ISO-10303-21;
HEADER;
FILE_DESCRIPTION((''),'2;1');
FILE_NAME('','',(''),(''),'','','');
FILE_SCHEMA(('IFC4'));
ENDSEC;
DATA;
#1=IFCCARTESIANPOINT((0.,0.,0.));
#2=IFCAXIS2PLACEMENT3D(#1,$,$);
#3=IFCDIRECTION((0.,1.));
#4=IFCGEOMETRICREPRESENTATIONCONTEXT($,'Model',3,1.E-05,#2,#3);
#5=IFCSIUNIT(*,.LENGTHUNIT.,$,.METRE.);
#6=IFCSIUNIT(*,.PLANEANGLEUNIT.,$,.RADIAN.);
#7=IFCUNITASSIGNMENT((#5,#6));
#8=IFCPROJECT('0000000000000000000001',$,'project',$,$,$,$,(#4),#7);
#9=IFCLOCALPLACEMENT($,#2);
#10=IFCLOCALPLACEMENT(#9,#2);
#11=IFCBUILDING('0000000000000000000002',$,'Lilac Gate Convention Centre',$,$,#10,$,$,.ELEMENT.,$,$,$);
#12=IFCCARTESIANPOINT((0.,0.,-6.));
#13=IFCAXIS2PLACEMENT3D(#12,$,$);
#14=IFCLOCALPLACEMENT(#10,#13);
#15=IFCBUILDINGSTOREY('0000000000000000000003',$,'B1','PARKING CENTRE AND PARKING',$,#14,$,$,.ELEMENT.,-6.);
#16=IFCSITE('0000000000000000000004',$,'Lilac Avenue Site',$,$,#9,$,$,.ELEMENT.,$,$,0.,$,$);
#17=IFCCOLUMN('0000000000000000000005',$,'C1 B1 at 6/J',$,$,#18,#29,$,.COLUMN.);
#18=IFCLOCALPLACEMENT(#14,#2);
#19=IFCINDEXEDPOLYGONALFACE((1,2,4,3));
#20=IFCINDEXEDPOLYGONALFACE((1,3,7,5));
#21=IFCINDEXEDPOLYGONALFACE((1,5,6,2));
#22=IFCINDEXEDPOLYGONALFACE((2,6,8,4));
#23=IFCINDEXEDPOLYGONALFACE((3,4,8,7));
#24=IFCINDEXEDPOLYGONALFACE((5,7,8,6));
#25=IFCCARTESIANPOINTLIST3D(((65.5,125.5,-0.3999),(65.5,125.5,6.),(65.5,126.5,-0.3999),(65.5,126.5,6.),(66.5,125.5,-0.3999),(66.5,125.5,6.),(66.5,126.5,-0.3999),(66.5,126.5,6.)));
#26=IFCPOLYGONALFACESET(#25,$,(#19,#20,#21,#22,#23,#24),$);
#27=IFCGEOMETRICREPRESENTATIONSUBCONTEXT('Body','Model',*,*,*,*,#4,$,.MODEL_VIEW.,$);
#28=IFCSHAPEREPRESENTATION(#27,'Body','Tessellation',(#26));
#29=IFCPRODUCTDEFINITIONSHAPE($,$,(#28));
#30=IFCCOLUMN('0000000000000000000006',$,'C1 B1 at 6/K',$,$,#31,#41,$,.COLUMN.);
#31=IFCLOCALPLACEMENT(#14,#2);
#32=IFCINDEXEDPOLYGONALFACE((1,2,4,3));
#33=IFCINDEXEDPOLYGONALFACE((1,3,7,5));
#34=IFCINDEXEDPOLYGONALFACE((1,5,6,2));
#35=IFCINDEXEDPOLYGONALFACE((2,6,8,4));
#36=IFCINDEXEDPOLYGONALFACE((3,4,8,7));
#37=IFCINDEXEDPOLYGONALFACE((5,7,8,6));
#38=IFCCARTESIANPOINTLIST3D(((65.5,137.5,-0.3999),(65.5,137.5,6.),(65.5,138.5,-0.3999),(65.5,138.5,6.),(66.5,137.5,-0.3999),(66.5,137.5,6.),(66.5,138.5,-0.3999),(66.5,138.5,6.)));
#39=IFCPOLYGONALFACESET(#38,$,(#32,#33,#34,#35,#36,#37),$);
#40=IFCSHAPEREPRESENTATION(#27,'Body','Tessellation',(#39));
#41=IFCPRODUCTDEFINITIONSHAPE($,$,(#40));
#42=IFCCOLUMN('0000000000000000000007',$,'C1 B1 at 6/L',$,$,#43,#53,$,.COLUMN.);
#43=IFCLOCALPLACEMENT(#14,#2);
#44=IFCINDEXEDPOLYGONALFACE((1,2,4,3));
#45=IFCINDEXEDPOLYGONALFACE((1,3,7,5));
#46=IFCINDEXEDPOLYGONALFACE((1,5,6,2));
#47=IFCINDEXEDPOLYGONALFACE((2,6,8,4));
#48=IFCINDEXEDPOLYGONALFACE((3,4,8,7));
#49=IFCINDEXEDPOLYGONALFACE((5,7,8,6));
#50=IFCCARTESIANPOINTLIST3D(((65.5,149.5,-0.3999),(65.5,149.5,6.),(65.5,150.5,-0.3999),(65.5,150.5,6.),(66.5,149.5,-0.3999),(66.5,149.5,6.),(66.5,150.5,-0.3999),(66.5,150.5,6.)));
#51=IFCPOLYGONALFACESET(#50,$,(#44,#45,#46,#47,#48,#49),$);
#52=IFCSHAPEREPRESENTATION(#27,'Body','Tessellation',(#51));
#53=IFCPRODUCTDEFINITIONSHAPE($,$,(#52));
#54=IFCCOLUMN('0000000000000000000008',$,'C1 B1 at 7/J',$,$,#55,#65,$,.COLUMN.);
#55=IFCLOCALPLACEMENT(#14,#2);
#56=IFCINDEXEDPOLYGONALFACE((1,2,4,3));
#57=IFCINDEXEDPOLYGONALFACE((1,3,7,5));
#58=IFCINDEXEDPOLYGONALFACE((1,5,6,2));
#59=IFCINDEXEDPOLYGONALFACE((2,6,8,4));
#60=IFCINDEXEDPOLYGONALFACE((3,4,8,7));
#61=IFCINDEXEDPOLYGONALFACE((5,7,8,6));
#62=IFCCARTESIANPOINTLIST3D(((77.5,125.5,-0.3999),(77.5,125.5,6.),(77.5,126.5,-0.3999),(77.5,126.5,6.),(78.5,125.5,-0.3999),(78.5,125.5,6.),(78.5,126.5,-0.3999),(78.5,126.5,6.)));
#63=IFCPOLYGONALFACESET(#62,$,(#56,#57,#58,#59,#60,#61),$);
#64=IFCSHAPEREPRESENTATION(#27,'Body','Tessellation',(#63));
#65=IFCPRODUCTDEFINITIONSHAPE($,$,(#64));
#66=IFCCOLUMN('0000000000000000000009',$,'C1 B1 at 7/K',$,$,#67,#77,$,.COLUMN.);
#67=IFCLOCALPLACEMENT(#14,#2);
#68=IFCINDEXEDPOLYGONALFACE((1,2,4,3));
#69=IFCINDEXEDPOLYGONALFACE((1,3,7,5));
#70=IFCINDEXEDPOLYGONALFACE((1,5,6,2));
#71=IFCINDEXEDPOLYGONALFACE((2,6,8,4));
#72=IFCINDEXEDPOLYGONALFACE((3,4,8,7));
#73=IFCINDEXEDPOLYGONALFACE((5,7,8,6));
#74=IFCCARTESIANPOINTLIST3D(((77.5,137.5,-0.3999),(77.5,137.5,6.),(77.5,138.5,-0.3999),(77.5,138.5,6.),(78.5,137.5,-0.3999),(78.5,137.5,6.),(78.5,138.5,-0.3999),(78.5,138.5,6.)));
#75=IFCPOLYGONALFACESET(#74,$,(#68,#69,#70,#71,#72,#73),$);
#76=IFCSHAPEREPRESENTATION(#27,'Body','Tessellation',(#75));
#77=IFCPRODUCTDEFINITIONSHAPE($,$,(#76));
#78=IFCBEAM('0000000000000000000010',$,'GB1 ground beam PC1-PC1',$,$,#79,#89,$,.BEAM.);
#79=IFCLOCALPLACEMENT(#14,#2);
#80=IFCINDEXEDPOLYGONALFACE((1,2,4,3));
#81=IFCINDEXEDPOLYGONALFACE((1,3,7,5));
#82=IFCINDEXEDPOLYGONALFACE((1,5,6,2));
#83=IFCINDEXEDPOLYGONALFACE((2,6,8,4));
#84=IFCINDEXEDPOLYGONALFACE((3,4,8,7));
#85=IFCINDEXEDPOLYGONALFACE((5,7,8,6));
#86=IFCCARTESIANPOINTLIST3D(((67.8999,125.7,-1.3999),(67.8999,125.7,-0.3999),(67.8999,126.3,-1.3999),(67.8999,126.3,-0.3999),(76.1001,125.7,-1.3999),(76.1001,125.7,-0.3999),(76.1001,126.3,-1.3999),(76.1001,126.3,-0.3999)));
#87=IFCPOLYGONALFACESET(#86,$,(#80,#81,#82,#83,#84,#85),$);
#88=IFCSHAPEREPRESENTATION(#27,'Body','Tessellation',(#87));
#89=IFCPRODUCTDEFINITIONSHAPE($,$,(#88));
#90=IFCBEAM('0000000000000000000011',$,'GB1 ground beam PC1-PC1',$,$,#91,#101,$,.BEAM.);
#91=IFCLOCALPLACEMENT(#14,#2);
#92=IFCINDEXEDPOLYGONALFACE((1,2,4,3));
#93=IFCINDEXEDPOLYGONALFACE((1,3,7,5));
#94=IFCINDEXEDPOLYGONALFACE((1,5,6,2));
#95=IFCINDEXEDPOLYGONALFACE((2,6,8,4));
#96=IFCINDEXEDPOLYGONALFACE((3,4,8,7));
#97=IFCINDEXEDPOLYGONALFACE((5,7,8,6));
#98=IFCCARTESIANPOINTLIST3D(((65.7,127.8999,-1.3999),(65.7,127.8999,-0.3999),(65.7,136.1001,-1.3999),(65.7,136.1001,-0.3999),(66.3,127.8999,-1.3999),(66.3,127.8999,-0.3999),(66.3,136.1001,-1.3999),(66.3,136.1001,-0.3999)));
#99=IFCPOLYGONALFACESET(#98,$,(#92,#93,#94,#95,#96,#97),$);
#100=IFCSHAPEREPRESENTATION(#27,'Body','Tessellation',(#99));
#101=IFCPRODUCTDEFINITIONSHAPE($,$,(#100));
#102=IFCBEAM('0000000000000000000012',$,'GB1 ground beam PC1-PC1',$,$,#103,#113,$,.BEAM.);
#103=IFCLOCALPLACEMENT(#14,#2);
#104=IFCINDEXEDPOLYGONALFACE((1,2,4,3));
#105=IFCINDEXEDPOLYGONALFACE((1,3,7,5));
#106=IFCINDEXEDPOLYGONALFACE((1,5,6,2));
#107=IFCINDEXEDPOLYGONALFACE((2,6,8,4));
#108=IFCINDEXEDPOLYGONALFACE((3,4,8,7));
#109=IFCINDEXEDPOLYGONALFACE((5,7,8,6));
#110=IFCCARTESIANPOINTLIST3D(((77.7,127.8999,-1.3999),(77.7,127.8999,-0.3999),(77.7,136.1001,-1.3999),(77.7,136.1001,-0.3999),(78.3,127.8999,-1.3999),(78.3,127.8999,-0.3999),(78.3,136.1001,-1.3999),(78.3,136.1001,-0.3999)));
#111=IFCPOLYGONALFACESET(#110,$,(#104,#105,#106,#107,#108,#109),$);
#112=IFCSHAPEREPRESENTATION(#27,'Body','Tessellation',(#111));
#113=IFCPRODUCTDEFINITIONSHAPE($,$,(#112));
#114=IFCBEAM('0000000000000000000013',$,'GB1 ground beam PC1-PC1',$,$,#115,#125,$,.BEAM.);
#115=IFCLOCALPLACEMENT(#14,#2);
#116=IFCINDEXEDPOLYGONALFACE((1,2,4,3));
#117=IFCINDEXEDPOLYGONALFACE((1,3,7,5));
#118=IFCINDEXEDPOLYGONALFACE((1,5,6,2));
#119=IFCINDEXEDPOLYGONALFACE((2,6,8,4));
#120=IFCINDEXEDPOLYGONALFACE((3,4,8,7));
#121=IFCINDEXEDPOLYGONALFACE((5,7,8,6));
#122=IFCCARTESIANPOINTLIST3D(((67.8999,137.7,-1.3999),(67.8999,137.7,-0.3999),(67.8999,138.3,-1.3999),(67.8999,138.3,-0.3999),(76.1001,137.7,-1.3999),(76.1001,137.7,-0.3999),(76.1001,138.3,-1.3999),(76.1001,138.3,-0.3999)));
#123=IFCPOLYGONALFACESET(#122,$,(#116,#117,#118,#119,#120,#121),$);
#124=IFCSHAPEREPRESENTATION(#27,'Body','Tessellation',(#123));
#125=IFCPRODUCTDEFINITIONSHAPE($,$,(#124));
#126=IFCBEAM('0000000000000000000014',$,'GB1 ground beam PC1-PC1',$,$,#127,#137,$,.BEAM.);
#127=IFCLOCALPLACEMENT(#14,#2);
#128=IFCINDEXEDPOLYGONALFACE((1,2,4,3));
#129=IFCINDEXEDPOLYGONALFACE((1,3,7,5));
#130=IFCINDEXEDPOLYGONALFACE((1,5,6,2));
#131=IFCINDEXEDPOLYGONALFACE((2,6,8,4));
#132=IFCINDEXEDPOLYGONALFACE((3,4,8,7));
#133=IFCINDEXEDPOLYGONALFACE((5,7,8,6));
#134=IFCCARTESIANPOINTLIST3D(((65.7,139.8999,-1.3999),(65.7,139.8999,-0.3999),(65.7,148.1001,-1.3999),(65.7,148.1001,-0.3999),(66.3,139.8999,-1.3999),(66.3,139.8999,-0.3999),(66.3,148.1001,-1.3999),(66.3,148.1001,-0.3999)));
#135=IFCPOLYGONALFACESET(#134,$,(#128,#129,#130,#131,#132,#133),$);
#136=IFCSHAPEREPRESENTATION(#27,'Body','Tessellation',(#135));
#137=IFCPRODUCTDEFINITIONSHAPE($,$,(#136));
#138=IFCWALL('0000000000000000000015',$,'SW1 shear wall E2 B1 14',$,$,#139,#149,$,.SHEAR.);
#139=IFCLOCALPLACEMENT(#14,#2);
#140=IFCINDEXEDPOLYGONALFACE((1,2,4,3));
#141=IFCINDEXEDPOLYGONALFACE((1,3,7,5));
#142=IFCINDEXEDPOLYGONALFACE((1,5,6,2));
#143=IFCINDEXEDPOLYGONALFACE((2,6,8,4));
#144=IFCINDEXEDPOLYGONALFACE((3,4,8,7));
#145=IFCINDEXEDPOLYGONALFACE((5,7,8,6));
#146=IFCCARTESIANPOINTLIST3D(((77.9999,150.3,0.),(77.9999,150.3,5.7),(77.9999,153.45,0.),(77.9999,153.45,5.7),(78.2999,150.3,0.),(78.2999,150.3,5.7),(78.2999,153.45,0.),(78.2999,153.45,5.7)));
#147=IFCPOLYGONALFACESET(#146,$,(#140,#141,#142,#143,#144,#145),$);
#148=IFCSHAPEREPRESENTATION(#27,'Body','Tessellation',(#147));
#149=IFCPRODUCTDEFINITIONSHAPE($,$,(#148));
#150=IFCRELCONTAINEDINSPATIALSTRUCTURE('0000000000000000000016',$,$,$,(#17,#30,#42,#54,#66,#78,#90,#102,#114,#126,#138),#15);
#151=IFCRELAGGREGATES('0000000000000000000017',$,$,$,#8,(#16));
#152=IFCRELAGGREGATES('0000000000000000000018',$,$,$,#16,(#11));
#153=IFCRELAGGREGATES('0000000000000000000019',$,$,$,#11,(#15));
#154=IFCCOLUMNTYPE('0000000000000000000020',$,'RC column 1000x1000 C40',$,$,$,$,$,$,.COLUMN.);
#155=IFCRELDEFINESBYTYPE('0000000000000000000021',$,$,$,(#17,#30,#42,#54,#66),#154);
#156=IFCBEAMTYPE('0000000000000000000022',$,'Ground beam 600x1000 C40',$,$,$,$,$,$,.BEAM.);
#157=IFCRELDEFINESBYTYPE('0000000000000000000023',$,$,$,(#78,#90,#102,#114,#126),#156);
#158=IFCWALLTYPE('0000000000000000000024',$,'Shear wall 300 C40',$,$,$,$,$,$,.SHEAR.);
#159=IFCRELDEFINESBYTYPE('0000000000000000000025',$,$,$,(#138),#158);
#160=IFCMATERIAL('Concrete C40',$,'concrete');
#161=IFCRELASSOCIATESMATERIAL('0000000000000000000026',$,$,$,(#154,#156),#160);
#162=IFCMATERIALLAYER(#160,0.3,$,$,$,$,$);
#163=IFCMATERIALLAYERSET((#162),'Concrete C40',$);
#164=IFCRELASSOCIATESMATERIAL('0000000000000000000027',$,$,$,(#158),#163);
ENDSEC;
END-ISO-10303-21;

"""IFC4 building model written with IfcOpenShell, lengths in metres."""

from ifc_helpers import new_model, si_unit, direction, frame, frame_2d, origin, origin_2d, place, context, subcontext, project, spatial, rectangle, extrude, material, layer, layer_set, material_profile, profile_set, type_object, element, save


model = new_model("IFC4")

# Units and contexts
model_context = context("Model", 3, precision=1e-05, world=origin(), true_north=direction((0.0, 1.0)))
body_context = subcontext(model_context, "Body", "Model", "MODEL_VIEW")
ifc_project = project(units=[si_unit("LENGTHUNIT", "METRE"), si_unit("PLANEANGLEUNIT", "RADIAN")], contexts=[model_context])

# Site, building, storey
site_placement = place(None, origin())
site = spatial("IfcSite", under=ifc_project, at=site_placement, Name="Lilac Avenue Site", CompositionType="ELEMENT", RefElevation=0.0)
building_placement = place(site_placement, origin())
building = spatial("IfcBuilding", under=site, at=building_placement, Name="Lilac Gate Convention Centre", CompositionType="ELEMENT")
storey_placement = place(building_placement, frame((0.0, 0.0, -6.0)))
storey = spatial("IfcBuildingStorey", under=building, at=storey_placement, Name="B1", Description="PARKING CENTRE AND PARKING", CompositionType="ELEMENT", Elevation=-6.0)

# Columns
ifc_material_1 = material(Name="Concrete C40", Category="concrete")
ifc_material_profile_1 = material_profile(ifc_material_1, rectangle(XDim=1.0, YDim=1.0, at=origin_2d()), Name="RC 1000x1000")
ifc_profile_set_1 = profile_set([ifc_material_profile_1], Name="Concrete C40")
column_type = type_object("IfcColumnType", Name="RC column 1000x1000 C40", PredefinedType="COLUMN", material=ifc_profile_set_1)
for number, where, z_axis, x_axis, name in (
    (1, (66.0, 126.0, -0.3999), (0.0, 0.0, 1.0), (1.0, 0.0, 0.0), "C1 B1 at 6/J"),
    (2, (66.0, 138.0, -0.3999), (0.0, 0.0, 1.0), (1.0, 0.0, 0.0), "C1 B1 at 6/K"),
    (3, (66.0, 150.0, -0.3999), (0.0, 0.0, 1.0), (1.0, 0.0, 0.0), "C1 B1 at 6/L"),
    (4, (78.0, 126.0, -0.3999), (0.0, 0.0, 1.0), (1.0, 0.0, 0.0), "C1 B1 at 7/J"),
    (5, (78.0, 138.0, -0.3999), (0.0, 0.0, 1.0), (1.0, 0.0, 0.0), "C1 B1 at 7/K"),
):
    element("IfcColumn", number, at=place(storey_placement, frame(where, z_axis=z_axis, x_axis=x_axis)), inside=storey, type_object=column_type, Name=name, PredefinedType="COLUMN", context=body_context, shape_type="SweptSolid", body=[
        extrude(rectangle(XDim=1.0, YDim=1.0, at=origin_2d()), origin(), (0.0, 0.0, 1.0), 6.3999),
    ])

# Beams
ifc_material_profile_2 = material_profile(ifc_material_1, rectangle(XDim=0.6001, YDim=1.0, at=origin_2d()), Name="RC 600x1000")
ifc_profile_set_2 = profile_set([ifc_material_profile_2], Name="Concrete C40")
beam_type = type_object("IfcBeamType", Name="Ground beam 600x1000 C40", PredefinedType="BEAM", material=ifc_profile_set_2)
for number, where, z_axis, x_axis, name in (
    (6, (67.8999, 126.0, -0.8999), (1.0, 0.0, 0.0), (0.0, 1.0, 0.0), "GB1 ground beam PC1-PC1"),
    (7, (66.0, 127.8999, -0.8999), (0.0, 1.0, 0.0), (-1.0, 0.0, 0.0), "GB1 ground beam PC1-PC1"),
    (8, (78.0, 127.8999, -0.8999), (0.0, 1.0, 0.0), (-1.0, 0.0, 0.0), "GB1 ground beam PC1-PC1"),
    (9, (67.8999, 138.0, -0.8999), (1.0, 0.0, 0.0), (0.0, 1.0, 0.0), "GB1 ground beam PC1-PC1"),
    (10, (66.0, 139.8999, -0.8999), (0.0, 1.0, 0.0), (-1.0, 0.0, 0.0), "GB1 ground beam PC1-PC1"),
):
    element("IfcBeam", number, at=place(storey_placement, frame(where, z_axis=z_axis, x_axis=x_axis)), inside=storey, type_object=beam_type, Name=name, PredefinedType="BEAM", context=body_context, shape_type="SweptSolid", body=[
        extrude(rectangle(XDim=0.6001, YDim=1.0, at=origin_2d()), origin(), (0.0, 0.0, 1.0), 8.2002),
    ])

# Wall
ifc_layer = layer(ifc_material_1, 0.3)
ifc_layer_set = layer_set([ifc_layer], Name="Concrete C40")
wall_type = type_object("IfcWallType", Name="Shear wall 300 C40", PredefinedType="SHEAR", material=ifc_layer_set)
wall_placement = place(storey_placement, frame((78.1499, 150.3, 0.0), z_axis=(0.0, 0.0, 1.0), x_axis=(0.0, 1.0, 0.0)))
element("IfcWall", 11, at=wall_placement, inside=storey, type_object=wall_type, Name="SW1 shear wall E2 B1 14", PredefinedType="SHEAR", context=body_context, shape_type="SweptSolid", body=[
    extrude(rectangle(XDim=3.1499, YDim=0.3, at=frame_2d((1.575, 0.0))), origin(), (0.0, 0.0, 1.0), 5.7),
])

save(model, "model.ifc")
